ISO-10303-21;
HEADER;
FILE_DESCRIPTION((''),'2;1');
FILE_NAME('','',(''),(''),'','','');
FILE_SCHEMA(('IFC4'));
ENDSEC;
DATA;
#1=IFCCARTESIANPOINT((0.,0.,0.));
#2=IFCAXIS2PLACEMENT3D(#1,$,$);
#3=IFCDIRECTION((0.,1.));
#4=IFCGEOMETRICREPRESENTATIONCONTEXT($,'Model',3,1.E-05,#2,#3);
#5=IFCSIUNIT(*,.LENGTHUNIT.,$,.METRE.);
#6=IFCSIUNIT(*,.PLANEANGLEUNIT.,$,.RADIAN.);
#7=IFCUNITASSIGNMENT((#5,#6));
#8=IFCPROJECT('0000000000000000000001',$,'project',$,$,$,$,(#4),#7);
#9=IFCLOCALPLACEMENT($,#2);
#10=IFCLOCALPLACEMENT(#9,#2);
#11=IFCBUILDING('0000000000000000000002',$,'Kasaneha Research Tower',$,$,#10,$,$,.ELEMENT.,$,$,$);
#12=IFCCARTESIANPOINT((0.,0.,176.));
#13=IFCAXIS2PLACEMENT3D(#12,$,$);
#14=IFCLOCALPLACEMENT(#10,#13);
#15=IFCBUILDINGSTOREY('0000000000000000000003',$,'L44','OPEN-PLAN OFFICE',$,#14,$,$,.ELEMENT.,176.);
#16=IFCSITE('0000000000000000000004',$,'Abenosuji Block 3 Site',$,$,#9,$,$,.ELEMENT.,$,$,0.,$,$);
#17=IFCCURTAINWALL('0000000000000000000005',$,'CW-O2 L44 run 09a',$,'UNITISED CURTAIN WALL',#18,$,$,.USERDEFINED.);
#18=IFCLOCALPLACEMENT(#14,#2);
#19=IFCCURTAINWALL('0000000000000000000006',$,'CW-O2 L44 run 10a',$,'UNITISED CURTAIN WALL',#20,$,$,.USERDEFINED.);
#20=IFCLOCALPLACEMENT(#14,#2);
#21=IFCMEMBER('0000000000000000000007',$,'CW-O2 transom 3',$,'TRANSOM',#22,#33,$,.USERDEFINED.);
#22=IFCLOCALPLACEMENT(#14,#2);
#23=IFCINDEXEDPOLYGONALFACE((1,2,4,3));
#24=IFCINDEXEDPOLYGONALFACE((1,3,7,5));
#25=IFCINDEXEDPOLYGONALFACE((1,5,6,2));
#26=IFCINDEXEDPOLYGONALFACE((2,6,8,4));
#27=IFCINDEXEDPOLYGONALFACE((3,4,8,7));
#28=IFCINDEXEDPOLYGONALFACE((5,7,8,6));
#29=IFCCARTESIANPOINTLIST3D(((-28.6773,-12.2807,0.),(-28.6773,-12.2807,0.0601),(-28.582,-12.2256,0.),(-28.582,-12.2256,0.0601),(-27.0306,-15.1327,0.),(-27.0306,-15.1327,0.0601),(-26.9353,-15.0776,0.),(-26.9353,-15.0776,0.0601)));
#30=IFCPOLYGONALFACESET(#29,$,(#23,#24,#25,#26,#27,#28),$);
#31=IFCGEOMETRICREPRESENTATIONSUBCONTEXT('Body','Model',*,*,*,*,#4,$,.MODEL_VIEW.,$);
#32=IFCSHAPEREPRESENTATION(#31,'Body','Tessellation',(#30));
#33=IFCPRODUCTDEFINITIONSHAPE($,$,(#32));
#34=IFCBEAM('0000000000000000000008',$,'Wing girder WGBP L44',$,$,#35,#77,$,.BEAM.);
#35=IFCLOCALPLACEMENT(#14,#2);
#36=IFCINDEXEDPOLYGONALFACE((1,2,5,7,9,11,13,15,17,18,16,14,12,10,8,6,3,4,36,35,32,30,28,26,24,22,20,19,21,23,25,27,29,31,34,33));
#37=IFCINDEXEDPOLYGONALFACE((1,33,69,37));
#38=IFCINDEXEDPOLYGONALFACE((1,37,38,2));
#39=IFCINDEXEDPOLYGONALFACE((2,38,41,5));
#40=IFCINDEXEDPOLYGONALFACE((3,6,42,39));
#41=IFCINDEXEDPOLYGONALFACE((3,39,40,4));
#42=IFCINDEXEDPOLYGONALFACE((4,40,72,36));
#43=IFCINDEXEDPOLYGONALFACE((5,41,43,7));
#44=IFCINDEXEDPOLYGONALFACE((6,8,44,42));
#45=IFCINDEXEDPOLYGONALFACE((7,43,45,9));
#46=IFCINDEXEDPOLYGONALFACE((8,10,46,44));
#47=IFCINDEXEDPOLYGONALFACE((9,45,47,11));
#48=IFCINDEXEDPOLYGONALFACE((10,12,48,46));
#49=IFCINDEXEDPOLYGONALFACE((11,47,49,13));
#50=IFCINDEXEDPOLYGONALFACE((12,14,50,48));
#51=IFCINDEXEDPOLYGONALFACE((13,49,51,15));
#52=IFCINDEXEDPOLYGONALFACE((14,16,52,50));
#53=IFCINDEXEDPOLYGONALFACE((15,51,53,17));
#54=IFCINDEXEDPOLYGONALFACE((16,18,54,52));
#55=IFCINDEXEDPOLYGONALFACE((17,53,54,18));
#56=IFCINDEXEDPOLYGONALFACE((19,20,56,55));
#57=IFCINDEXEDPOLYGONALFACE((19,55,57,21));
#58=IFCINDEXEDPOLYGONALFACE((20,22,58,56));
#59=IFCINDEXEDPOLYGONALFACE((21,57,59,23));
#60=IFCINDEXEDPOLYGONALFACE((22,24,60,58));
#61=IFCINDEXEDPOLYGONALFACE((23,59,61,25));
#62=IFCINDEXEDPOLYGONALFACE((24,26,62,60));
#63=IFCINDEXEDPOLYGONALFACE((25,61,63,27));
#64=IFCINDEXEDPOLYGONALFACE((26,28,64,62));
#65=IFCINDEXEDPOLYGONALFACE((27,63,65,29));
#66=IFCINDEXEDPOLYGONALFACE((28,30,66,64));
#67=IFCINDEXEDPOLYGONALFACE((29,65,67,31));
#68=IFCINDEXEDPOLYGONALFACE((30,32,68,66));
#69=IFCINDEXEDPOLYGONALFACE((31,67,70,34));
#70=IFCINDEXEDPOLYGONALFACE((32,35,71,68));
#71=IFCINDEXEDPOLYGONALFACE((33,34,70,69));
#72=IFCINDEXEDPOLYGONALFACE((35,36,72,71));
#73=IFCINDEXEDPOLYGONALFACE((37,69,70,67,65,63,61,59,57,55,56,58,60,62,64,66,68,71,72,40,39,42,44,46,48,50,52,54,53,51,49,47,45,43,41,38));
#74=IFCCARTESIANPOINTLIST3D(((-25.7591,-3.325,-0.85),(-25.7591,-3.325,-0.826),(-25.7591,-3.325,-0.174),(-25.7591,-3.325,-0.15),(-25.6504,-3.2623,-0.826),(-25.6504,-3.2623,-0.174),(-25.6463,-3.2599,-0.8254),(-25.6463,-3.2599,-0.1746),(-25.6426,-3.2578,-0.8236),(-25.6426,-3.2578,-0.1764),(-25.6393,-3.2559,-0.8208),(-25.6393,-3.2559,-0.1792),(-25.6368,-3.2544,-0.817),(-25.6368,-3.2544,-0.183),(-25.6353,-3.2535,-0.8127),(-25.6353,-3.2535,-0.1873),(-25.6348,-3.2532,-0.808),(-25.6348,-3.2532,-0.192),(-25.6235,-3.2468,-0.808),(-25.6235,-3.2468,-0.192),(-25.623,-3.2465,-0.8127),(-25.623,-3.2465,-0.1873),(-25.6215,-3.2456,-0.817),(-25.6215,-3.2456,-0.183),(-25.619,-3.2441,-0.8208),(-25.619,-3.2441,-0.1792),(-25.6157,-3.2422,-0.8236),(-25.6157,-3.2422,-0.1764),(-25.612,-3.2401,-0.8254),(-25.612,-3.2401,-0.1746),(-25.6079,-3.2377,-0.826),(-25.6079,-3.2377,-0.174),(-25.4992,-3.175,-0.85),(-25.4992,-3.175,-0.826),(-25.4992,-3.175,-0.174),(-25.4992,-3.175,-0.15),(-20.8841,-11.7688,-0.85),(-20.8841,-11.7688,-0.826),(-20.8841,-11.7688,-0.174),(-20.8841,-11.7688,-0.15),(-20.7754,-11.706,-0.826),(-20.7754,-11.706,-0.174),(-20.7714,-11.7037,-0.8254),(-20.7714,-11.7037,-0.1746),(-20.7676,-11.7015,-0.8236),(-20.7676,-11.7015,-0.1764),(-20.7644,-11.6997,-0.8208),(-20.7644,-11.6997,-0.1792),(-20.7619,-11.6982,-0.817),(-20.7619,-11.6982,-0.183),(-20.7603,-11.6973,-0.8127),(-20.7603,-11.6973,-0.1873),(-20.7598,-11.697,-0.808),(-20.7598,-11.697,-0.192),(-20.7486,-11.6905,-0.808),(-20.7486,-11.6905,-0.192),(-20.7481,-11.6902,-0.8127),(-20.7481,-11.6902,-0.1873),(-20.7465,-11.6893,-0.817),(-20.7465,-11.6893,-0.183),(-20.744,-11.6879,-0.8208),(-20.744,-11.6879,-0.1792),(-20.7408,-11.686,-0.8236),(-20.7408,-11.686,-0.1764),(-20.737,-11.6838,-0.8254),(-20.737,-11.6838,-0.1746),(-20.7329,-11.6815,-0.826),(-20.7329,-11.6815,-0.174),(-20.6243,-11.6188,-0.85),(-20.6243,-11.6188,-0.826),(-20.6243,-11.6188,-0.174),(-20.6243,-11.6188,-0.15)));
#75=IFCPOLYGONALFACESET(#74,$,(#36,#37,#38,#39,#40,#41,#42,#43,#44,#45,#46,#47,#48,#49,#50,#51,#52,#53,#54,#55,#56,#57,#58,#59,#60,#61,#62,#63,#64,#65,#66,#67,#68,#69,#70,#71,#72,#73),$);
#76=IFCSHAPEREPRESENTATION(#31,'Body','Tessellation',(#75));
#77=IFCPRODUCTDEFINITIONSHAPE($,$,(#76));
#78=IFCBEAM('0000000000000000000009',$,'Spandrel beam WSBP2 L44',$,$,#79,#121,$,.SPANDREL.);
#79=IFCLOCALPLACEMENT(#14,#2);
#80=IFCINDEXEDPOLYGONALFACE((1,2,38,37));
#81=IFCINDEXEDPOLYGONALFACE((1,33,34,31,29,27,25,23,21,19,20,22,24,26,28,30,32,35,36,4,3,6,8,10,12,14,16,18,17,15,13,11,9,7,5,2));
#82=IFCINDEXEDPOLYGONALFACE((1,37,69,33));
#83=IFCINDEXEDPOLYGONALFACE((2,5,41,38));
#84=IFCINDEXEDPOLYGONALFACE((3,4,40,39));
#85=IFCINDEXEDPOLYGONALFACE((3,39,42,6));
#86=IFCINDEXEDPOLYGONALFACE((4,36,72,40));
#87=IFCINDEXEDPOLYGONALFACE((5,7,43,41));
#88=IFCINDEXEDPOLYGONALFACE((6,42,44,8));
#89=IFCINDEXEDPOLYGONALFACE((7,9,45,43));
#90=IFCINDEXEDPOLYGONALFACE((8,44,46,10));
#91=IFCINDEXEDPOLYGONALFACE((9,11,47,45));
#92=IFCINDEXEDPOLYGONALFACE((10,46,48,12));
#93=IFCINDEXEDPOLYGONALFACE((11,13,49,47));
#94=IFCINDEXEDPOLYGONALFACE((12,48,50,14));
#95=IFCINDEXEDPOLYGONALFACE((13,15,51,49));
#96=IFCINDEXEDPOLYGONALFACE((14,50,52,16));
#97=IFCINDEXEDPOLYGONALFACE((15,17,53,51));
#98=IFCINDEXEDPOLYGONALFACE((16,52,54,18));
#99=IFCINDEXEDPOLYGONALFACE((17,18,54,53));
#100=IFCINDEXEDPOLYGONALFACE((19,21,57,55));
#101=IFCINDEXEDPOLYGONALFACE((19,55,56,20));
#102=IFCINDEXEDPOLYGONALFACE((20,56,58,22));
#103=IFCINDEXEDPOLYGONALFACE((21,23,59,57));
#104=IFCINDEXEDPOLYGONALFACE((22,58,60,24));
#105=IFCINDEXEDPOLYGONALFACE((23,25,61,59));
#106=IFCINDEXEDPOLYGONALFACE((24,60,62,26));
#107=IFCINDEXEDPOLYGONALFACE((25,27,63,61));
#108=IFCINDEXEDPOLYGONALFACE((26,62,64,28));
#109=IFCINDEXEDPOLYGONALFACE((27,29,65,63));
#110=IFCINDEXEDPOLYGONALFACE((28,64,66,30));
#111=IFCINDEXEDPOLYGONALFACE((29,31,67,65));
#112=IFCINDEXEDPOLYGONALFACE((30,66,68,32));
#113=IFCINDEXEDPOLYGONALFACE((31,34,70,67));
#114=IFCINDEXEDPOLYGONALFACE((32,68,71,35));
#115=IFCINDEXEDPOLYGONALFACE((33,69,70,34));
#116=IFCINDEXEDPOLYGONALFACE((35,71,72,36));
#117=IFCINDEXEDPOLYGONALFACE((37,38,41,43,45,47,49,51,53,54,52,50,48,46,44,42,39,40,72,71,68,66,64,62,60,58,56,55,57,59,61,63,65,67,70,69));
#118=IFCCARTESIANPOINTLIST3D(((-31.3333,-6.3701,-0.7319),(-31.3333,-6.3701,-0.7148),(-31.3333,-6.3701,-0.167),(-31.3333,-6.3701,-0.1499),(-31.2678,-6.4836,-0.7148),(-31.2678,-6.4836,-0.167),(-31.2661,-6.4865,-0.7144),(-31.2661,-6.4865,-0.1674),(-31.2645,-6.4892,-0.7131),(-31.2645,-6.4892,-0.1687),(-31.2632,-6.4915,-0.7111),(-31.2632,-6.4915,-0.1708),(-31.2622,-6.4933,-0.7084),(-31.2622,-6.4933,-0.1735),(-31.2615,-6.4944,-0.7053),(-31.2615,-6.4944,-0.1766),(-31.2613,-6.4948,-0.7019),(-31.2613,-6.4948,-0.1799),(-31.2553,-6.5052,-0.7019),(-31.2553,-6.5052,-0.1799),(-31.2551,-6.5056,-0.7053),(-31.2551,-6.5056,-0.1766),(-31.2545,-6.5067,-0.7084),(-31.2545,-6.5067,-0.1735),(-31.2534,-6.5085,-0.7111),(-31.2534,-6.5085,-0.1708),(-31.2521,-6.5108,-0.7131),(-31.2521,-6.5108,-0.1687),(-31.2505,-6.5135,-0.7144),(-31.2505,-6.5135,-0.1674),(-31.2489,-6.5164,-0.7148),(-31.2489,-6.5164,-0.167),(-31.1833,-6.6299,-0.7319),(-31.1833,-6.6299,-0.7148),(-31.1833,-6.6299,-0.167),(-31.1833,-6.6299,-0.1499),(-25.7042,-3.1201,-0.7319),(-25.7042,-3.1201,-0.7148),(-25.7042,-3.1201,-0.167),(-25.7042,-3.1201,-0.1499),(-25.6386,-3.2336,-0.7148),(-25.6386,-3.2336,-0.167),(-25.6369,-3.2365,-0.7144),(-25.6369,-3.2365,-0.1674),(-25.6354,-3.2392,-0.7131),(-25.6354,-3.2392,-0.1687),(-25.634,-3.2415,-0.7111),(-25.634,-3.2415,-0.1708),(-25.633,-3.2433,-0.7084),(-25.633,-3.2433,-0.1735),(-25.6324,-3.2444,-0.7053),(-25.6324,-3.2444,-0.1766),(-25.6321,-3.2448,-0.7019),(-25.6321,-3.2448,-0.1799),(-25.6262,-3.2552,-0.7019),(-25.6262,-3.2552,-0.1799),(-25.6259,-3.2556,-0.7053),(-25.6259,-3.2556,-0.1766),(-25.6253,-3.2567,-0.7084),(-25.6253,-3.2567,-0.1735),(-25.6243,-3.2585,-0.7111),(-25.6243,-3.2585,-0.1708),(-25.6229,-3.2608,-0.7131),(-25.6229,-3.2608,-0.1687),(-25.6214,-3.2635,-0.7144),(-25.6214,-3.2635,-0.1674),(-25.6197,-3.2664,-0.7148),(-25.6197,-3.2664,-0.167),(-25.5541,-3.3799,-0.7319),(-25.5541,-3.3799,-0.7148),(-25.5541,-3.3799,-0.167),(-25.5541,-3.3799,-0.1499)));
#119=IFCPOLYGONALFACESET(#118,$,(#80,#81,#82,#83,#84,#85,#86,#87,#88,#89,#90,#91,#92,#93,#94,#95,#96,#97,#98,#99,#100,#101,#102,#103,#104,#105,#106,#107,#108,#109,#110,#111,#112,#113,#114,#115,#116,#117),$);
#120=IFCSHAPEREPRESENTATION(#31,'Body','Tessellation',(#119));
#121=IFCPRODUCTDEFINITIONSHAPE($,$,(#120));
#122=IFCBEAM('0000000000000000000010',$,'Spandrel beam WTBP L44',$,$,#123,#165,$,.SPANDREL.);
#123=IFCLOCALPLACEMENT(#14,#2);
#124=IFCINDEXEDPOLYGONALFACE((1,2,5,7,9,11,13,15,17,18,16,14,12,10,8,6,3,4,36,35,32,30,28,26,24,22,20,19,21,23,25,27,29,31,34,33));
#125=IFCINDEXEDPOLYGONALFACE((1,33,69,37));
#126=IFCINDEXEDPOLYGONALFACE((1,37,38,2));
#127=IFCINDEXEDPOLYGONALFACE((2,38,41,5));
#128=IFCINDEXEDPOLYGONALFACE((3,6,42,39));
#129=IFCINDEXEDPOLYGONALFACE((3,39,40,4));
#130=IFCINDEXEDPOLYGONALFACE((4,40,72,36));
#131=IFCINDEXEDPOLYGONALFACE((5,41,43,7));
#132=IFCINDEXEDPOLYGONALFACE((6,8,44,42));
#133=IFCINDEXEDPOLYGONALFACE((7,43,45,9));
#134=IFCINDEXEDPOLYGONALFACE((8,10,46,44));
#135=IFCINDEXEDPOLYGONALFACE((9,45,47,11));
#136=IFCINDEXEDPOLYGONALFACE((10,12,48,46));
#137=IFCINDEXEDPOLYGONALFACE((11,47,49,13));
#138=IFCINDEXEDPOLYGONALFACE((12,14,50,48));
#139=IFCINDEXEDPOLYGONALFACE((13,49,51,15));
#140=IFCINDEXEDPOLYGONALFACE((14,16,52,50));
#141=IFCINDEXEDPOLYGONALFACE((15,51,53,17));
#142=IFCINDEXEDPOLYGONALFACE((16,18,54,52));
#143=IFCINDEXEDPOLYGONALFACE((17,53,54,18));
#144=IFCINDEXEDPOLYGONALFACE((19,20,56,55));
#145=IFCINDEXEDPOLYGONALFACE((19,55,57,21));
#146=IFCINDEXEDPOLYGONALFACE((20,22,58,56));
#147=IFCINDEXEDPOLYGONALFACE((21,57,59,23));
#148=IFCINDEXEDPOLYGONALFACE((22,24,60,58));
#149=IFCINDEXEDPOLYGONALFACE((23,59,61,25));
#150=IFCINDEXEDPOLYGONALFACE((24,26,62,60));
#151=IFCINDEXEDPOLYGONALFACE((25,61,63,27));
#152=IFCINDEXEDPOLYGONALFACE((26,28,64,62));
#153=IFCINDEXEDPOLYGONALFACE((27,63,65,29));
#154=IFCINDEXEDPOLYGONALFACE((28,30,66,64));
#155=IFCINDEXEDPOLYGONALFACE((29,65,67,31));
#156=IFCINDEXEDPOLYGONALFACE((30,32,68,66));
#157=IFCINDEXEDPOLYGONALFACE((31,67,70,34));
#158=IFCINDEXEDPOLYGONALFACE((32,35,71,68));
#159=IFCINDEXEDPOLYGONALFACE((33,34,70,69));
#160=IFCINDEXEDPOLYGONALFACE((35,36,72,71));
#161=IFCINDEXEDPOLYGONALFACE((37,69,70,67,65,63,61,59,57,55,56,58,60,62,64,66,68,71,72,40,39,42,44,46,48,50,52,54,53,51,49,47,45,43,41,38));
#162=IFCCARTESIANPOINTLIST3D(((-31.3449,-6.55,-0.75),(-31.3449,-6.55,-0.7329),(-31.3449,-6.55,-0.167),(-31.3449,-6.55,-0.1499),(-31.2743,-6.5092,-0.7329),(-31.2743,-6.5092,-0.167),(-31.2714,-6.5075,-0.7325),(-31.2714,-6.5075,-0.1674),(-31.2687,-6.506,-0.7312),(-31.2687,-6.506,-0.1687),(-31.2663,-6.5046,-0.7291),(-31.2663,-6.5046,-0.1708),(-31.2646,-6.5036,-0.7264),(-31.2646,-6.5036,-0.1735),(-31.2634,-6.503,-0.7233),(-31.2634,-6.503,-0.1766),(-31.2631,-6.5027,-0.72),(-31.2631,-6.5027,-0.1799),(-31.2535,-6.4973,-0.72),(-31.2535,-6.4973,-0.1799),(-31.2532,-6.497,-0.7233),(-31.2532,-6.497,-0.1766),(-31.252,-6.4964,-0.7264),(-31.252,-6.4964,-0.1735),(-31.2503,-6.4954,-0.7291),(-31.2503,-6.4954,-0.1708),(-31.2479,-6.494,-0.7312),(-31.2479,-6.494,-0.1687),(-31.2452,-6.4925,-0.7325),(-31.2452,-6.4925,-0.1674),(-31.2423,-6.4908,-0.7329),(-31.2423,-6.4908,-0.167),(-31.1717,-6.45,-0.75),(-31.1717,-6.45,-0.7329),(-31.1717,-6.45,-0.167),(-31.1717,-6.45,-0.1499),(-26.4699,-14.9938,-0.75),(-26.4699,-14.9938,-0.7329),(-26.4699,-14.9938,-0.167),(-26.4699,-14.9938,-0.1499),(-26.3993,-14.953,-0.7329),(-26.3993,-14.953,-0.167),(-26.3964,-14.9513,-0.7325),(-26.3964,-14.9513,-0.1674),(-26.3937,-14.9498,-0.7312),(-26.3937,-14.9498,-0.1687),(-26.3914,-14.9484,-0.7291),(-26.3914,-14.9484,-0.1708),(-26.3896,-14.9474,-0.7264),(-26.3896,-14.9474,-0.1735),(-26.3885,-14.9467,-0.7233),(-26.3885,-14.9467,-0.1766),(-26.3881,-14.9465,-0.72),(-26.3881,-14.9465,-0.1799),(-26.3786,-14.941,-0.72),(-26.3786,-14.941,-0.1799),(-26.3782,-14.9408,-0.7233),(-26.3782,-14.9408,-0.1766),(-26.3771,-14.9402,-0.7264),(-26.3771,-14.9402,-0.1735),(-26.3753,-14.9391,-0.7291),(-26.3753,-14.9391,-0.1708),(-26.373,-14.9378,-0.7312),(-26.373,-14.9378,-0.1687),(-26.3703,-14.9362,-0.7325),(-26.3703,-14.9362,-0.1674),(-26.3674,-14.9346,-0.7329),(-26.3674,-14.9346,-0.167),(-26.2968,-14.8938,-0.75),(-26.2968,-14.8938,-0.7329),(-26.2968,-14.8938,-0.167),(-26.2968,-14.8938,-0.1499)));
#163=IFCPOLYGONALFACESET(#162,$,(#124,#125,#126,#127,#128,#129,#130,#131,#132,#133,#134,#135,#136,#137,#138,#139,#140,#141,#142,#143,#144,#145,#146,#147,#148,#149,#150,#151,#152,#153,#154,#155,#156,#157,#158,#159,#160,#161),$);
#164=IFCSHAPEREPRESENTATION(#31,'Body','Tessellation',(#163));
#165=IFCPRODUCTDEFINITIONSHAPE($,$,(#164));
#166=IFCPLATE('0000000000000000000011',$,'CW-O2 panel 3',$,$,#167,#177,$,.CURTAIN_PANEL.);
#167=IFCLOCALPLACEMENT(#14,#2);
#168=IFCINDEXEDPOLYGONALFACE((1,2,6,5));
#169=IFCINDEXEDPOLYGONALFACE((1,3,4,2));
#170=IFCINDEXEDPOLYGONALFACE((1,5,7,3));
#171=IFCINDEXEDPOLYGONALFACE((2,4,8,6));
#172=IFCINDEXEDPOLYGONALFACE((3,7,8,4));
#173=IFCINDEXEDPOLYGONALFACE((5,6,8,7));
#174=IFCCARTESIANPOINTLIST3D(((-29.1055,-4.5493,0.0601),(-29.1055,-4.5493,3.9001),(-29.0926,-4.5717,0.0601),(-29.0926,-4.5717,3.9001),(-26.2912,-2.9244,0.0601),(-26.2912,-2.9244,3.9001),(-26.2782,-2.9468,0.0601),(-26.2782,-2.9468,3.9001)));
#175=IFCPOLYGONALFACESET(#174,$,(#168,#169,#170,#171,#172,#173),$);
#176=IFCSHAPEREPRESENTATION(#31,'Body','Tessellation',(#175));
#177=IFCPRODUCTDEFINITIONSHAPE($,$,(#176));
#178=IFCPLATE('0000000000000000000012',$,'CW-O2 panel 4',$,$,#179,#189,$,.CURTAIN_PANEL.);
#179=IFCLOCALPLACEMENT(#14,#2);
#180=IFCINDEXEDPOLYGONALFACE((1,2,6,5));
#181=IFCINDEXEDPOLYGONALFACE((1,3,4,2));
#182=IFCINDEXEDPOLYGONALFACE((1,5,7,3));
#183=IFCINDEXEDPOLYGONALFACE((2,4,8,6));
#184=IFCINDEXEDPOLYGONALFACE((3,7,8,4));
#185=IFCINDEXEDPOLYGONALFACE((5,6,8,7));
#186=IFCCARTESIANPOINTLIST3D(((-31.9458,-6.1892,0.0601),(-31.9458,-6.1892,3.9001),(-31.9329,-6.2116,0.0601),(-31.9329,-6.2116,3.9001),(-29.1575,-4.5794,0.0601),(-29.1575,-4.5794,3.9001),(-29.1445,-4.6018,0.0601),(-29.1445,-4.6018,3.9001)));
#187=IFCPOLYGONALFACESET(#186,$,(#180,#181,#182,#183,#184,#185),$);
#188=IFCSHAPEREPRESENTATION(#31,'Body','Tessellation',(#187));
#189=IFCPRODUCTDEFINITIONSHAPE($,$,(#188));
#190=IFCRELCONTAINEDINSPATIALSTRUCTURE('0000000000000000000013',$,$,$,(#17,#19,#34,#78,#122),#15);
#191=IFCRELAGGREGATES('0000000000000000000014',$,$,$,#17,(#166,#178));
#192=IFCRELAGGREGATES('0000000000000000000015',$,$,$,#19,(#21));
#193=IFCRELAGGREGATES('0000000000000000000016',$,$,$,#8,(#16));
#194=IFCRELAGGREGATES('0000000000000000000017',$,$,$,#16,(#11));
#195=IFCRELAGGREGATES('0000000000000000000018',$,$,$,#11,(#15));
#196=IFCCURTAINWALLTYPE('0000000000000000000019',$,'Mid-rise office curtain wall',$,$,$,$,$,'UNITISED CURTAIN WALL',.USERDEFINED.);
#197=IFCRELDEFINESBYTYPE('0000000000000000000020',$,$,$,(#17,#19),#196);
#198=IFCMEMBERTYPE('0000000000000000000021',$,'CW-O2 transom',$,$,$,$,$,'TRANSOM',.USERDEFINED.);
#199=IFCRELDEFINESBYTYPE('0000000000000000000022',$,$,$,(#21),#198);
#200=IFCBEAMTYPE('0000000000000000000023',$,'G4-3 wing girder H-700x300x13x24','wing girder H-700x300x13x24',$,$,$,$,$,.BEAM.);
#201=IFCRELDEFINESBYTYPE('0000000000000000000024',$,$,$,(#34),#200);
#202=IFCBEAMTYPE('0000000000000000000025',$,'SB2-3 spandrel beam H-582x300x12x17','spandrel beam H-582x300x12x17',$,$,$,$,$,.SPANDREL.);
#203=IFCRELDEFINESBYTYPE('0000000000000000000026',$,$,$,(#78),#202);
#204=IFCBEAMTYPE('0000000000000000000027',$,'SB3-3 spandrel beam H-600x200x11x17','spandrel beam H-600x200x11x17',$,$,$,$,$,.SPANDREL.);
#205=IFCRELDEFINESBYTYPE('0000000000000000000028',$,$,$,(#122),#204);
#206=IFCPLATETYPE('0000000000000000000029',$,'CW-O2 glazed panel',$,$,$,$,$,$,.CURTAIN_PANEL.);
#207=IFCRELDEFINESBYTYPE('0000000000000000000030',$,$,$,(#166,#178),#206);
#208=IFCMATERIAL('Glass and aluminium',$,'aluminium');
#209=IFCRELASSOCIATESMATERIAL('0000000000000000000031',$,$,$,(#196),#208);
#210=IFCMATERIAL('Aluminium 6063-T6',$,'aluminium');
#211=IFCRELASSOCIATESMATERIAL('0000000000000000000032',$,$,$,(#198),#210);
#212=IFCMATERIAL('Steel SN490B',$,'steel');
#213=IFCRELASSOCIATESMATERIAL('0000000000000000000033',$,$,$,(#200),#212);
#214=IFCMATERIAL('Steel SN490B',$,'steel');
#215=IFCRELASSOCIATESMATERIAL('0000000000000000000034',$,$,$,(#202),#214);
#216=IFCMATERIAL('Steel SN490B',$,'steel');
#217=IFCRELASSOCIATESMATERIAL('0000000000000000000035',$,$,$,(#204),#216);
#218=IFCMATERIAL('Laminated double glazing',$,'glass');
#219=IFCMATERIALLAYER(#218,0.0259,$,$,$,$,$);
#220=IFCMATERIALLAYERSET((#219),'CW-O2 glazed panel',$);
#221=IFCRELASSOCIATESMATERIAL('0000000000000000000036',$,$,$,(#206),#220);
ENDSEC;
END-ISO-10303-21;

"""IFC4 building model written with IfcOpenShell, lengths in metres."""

from ifc_helpers import new_model, si_unit, direction, frame, origin, origin_2d, place, context, subcontext, project, spatial, rectangle, i_section, extrude, material, layer, layer_set, material_profile, profile_set, type_object, element, aggregate, save


model = new_model("IFC4")

# Units and contexts
model_context = context("Model", 3, precision=1e-05, world=origin(), true_north=direction((0.0, 1.0)))
body_context = subcontext(model_context, "Body", "Model", "MODEL_VIEW")
ifc_project = project(units=[si_unit("LENGTHUNIT", "METRE"), si_unit("PLANEANGLEUNIT", "RADIAN")], contexts=[model_context])

# Site, building, storey
site_placement = place(None, origin())
site = spatial("IfcSite", under=ifc_project, at=site_placement, Name="Abenosuji Block 3 Site", CompositionType="ELEMENT", RefElevation=0.0)
building_placement = place(site_placement, origin())
building = spatial("IfcBuilding", under=site, at=building_placement, Name="Kasaneha Research Tower", CompositionType="ELEMENT")
storey_placement = place(building_placement, frame((0.0, 0.0, 176.0)))
storey = spatial("IfcBuildingStorey", under=building, at=storey_placement, Name="L44", Description="OPEN-PLAN OFFICE", CompositionType="ELEMENT", Elevation=176.0)

# Curtain walls
ifc_material_1 = material(Name="Glass and aluminium", Category="aluminium")
curtain_wall_type = type_object("IfcCurtainWallType", Name="Mid-rise office curtain wall", ElementType="UNITISED CURTAIN WALL", PredefinedType="USERDEFINED", material=ifc_material_1)
curtain_wall_1_placement = place(storey_placement, origin())
curtain_wall_1 = element("IfcCurtainWall", 1, at=curtain_wall_1_placement, inside=storey, type_object=curtain_wall_type, Name="CW-O2 L44 run 09a", ObjectType="UNITISED CURTAIN WALL", PredefinedType="USERDEFINED")
curtain_wall_2_placement = place(storey_placement, origin())
curtain_wall_2 = element("IfcCurtainWall", 2, at=curtain_wall_2_placement, inside=storey, type_object=curtain_wall_type, Name="CW-O2 L44 run 10a", ObjectType="UNITISED CURTAIN WALL", PredefinedType="USERDEFINED")

# Member
ifc_material_2 = material(Name="Aluminium 6063-T6", Category="aluminium")
ifc_material_profile_1 = material_profile(ifc_material_2, rectangle(XDim=0.1101, YDim=0.0601, at=origin_2d()), Name="CW-O2 transom 110x60")
ifc_profile_set_1 = profile_set([ifc_material_profile_1], Name="Aluminium 6063-T6")
member_type_1 = type_object("IfcMemberType", Name="CW-O2 transom", ElementType="TRANSOM", PredefinedType="USERDEFINED", material=ifc_profile_set_1)
member_1_placement = place(storey_placement, frame((-28.6296, -12.2532, 0.03), z_axis=(0.500022, -0.866013, 0.0), x_axis=(0.866013, 0.500022, 0.0)))
member_1 = element("IfcMember", 3, at=member_1_placement, type_object=member_type_1, Name="CW-O2 transom 3", ObjectType="TRANSOM", PredefinedType="USERDEFINED", context=body_context, shape_type="SweptSolid", body=[
    extrude(rectangle(XDim=0.1101, YDim=0.0601, at=origin_2d()), origin(), (0.0, 0.0, 1.0), 3.2932),
])

# Beams
ifc_material_3 = material(Name="Steel SN490B", Category="steel")
ifc_material_profile_2 = material_profile(ifc_material_3, i_section(OverallWidth=0.3, OverallDepth=0.7, WebThickness=0.0129, FlangeThickness=0.0239, FilletRadius=0.0181, at=origin_2d()), Name="H-700x300x13x24")
ifc_profile_set_2 = profile_set([ifc_material_profile_2], Name="Steel SN490B")
beam_type_1 = type_object("IfcBeamType", Name="G4-3 wing girder H-700x300x13x24", Description="wing girder H-700x300x13x24", PredefinedType="BEAM", material=ifc_profile_set_2)
beam_1_placement = place(storey_placement, frame((-25.6292, -3.25, -0.5), z_axis=(0.499996, -0.866028, 0.0), x_axis=(0.866028, 0.499996, 0.0)))
element("IfcBeam", 4, at=beam_1_placement, inside=storey, type_object=beam_type_1, Name="Wing girder WGBP L44", PredefinedType="BEAM", context=body_context, shape_type="SweptSolid", body=[
    extrude(i_section(OverallWidth=0.3, OverallDepth=0.7, WebThickness=0.0129, FlangeThickness=0.0239, FilletRadius=0.0181, at=origin_2d()), origin(), (0.0, 0.0, 1.0), 9.75),
])
ifc_material_4 = material(Name="Steel SN490B", Category="steel")
ifc_material_profile_3 = material_profile(ifc_material_4, i_section(OverallWidth=0.3, OverallDepth=0.582, WebThickness=0.012, FlangeThickness=0.0171, FilletRadius=0.0129, at=origin_2d()), Name="H-582x300x12x17")
ifc_profile_set_3 = profile_set([ifc_material_profile_3], Name="Steel SN490B")
beam_type_2 = type_object("IfcBeamType", Name="SB2-3 spandrel beam H-582x300x12x17", Description="spandrel beam H-582x300x12x17", PredefinedType="SPANDREL", material=ifc_profile_set_3)
beam_2_placement = place(storey_placement, frame((-25.6292, -3.25, -0.4409), z_axis=(-0.866025, -0.500001, 0.0), x_axis=(0.500001, -0.866025, 0.0)))
element("IfcBeam", 5, at=beam_2_placement, inside=storey, type_object=beam_type_2, Name="Spandrel beam WSBP2 L44", PredefinedType="SPANDREL", context=body_context, shape_type="SweptSolid", body=[
    extrude(i_section(OverallWidth=0.3, OverallDepth=0.582, WebThickness=0.012, FlangeThickness=0.0171, FilletRadius=0.0129, at=origin_2d()), origin(), (0.0, 0.0, 1.0), 6.5),
])
ifc_material_5 = material(Name="Steel SN490B", Category="steel")
ifc_material_profile_4 = material_profile(ifc_material_5, i_section(OverallWidth=0.2, OverallDepth=0.6001, WebThickness=0.011, FlangeThickness=0.0171, FilletRadius=0.0129, at=origin_2d()), Name="H-600x200x11x17")
ifc_profile_set_4 = profile_set([ifc_material_profile_4], Name="Steel SN490B")
beam_type_3 = type_object("IfcBeamType", Name="SB3-3 spandrel beam H-600x200x11x17", Description="spandrel beam H-600x200x11x17", PredefinedType="SPANDREL", material=ifc_profile_set_4)
beam_3_placement = place(storey_placement, frame((-31.2583, -6.5, -0.45), z_axis=(0.499996, -0.866028, 0.0), x_axis=(0.866028, 0.499996, 0.0)))
element("IfcBeam", 6, at=beam_3_placement, inside=storey, type_object=beam_type_3, Name="Spandrel beam WTBP L44", PredefinedType="SPANDREL", context=body_context, shape_type="SweptSolid", body=[
    extrude(i_section(OverallWidth=0.2, OverallDepth=0.6001, WebThickness=0.011, FlangeThickness=0.0171, FilletRadius=0.0129, at=origin_2d()), origin(), (0.0, 0.0, 1.0), 9.75),
])

# Plates
ifc_material_6 = material(Name="Laminated double glazing", Category="glass")
ifc_layer_1 = layer(ifc_material_6, 0.0259)
ifc_layer_set_1 = layer_set([ifc_layer_1], Name="CW-O2 glazed panel")
plate_type = type_object("IfcPlateType", Name="CW-O2 glazed panel", PredefinedType="CURTAIN_PANEL", material=ifc_layer_set_1)
plate_1_placement = place(storey_placement, frame((-27.6919, -3.748, 0.0601), z_axis=(0.0, 0.0, 1.0), x_axis=(-0.866025, -0.5, 0.0)))
plate_1 = element("IfcPlate", 7, at=plate_1_placement, type_object=plate_type, Name="CW-O2 panel 3", PredefinedType="CURTAIN_PANEL", context=body_context, shape_type="SweptSolid", body=[
    extrude(rectangle(XDim=3.2498, YDim=0.0259, at=origin_2d()), origin(), (0.0, 0.0, 1.0), 3.8401),
])
plate_2_placement = place(storey_placement, frame((-30.5452, -5.3955, 0.0601), z_axis=(0.0, 0.0, 1.0), x_axis=(-0.866025, -0.5, 0.0)))
plate_2 = element("IfcPlate", 8, at=plate_2_placement, type_object=plate_type, Name="CW-O2 panel 4", PredefinedType="CURTAIN_PANEL", context=body_context, shape_type="SweptSolid", body=[
    extrude(rectangle(XDim=3.2197, YDim=0.0259, at=origin_2d()), origin(), (0.0, 0.0, 1.0), 3.8401),
])
aggregate(curtain_wall_1, [plate_1, plate_2])
aggregate(curtain_wall_2, [member_1])

save(model, "model.ifc")
